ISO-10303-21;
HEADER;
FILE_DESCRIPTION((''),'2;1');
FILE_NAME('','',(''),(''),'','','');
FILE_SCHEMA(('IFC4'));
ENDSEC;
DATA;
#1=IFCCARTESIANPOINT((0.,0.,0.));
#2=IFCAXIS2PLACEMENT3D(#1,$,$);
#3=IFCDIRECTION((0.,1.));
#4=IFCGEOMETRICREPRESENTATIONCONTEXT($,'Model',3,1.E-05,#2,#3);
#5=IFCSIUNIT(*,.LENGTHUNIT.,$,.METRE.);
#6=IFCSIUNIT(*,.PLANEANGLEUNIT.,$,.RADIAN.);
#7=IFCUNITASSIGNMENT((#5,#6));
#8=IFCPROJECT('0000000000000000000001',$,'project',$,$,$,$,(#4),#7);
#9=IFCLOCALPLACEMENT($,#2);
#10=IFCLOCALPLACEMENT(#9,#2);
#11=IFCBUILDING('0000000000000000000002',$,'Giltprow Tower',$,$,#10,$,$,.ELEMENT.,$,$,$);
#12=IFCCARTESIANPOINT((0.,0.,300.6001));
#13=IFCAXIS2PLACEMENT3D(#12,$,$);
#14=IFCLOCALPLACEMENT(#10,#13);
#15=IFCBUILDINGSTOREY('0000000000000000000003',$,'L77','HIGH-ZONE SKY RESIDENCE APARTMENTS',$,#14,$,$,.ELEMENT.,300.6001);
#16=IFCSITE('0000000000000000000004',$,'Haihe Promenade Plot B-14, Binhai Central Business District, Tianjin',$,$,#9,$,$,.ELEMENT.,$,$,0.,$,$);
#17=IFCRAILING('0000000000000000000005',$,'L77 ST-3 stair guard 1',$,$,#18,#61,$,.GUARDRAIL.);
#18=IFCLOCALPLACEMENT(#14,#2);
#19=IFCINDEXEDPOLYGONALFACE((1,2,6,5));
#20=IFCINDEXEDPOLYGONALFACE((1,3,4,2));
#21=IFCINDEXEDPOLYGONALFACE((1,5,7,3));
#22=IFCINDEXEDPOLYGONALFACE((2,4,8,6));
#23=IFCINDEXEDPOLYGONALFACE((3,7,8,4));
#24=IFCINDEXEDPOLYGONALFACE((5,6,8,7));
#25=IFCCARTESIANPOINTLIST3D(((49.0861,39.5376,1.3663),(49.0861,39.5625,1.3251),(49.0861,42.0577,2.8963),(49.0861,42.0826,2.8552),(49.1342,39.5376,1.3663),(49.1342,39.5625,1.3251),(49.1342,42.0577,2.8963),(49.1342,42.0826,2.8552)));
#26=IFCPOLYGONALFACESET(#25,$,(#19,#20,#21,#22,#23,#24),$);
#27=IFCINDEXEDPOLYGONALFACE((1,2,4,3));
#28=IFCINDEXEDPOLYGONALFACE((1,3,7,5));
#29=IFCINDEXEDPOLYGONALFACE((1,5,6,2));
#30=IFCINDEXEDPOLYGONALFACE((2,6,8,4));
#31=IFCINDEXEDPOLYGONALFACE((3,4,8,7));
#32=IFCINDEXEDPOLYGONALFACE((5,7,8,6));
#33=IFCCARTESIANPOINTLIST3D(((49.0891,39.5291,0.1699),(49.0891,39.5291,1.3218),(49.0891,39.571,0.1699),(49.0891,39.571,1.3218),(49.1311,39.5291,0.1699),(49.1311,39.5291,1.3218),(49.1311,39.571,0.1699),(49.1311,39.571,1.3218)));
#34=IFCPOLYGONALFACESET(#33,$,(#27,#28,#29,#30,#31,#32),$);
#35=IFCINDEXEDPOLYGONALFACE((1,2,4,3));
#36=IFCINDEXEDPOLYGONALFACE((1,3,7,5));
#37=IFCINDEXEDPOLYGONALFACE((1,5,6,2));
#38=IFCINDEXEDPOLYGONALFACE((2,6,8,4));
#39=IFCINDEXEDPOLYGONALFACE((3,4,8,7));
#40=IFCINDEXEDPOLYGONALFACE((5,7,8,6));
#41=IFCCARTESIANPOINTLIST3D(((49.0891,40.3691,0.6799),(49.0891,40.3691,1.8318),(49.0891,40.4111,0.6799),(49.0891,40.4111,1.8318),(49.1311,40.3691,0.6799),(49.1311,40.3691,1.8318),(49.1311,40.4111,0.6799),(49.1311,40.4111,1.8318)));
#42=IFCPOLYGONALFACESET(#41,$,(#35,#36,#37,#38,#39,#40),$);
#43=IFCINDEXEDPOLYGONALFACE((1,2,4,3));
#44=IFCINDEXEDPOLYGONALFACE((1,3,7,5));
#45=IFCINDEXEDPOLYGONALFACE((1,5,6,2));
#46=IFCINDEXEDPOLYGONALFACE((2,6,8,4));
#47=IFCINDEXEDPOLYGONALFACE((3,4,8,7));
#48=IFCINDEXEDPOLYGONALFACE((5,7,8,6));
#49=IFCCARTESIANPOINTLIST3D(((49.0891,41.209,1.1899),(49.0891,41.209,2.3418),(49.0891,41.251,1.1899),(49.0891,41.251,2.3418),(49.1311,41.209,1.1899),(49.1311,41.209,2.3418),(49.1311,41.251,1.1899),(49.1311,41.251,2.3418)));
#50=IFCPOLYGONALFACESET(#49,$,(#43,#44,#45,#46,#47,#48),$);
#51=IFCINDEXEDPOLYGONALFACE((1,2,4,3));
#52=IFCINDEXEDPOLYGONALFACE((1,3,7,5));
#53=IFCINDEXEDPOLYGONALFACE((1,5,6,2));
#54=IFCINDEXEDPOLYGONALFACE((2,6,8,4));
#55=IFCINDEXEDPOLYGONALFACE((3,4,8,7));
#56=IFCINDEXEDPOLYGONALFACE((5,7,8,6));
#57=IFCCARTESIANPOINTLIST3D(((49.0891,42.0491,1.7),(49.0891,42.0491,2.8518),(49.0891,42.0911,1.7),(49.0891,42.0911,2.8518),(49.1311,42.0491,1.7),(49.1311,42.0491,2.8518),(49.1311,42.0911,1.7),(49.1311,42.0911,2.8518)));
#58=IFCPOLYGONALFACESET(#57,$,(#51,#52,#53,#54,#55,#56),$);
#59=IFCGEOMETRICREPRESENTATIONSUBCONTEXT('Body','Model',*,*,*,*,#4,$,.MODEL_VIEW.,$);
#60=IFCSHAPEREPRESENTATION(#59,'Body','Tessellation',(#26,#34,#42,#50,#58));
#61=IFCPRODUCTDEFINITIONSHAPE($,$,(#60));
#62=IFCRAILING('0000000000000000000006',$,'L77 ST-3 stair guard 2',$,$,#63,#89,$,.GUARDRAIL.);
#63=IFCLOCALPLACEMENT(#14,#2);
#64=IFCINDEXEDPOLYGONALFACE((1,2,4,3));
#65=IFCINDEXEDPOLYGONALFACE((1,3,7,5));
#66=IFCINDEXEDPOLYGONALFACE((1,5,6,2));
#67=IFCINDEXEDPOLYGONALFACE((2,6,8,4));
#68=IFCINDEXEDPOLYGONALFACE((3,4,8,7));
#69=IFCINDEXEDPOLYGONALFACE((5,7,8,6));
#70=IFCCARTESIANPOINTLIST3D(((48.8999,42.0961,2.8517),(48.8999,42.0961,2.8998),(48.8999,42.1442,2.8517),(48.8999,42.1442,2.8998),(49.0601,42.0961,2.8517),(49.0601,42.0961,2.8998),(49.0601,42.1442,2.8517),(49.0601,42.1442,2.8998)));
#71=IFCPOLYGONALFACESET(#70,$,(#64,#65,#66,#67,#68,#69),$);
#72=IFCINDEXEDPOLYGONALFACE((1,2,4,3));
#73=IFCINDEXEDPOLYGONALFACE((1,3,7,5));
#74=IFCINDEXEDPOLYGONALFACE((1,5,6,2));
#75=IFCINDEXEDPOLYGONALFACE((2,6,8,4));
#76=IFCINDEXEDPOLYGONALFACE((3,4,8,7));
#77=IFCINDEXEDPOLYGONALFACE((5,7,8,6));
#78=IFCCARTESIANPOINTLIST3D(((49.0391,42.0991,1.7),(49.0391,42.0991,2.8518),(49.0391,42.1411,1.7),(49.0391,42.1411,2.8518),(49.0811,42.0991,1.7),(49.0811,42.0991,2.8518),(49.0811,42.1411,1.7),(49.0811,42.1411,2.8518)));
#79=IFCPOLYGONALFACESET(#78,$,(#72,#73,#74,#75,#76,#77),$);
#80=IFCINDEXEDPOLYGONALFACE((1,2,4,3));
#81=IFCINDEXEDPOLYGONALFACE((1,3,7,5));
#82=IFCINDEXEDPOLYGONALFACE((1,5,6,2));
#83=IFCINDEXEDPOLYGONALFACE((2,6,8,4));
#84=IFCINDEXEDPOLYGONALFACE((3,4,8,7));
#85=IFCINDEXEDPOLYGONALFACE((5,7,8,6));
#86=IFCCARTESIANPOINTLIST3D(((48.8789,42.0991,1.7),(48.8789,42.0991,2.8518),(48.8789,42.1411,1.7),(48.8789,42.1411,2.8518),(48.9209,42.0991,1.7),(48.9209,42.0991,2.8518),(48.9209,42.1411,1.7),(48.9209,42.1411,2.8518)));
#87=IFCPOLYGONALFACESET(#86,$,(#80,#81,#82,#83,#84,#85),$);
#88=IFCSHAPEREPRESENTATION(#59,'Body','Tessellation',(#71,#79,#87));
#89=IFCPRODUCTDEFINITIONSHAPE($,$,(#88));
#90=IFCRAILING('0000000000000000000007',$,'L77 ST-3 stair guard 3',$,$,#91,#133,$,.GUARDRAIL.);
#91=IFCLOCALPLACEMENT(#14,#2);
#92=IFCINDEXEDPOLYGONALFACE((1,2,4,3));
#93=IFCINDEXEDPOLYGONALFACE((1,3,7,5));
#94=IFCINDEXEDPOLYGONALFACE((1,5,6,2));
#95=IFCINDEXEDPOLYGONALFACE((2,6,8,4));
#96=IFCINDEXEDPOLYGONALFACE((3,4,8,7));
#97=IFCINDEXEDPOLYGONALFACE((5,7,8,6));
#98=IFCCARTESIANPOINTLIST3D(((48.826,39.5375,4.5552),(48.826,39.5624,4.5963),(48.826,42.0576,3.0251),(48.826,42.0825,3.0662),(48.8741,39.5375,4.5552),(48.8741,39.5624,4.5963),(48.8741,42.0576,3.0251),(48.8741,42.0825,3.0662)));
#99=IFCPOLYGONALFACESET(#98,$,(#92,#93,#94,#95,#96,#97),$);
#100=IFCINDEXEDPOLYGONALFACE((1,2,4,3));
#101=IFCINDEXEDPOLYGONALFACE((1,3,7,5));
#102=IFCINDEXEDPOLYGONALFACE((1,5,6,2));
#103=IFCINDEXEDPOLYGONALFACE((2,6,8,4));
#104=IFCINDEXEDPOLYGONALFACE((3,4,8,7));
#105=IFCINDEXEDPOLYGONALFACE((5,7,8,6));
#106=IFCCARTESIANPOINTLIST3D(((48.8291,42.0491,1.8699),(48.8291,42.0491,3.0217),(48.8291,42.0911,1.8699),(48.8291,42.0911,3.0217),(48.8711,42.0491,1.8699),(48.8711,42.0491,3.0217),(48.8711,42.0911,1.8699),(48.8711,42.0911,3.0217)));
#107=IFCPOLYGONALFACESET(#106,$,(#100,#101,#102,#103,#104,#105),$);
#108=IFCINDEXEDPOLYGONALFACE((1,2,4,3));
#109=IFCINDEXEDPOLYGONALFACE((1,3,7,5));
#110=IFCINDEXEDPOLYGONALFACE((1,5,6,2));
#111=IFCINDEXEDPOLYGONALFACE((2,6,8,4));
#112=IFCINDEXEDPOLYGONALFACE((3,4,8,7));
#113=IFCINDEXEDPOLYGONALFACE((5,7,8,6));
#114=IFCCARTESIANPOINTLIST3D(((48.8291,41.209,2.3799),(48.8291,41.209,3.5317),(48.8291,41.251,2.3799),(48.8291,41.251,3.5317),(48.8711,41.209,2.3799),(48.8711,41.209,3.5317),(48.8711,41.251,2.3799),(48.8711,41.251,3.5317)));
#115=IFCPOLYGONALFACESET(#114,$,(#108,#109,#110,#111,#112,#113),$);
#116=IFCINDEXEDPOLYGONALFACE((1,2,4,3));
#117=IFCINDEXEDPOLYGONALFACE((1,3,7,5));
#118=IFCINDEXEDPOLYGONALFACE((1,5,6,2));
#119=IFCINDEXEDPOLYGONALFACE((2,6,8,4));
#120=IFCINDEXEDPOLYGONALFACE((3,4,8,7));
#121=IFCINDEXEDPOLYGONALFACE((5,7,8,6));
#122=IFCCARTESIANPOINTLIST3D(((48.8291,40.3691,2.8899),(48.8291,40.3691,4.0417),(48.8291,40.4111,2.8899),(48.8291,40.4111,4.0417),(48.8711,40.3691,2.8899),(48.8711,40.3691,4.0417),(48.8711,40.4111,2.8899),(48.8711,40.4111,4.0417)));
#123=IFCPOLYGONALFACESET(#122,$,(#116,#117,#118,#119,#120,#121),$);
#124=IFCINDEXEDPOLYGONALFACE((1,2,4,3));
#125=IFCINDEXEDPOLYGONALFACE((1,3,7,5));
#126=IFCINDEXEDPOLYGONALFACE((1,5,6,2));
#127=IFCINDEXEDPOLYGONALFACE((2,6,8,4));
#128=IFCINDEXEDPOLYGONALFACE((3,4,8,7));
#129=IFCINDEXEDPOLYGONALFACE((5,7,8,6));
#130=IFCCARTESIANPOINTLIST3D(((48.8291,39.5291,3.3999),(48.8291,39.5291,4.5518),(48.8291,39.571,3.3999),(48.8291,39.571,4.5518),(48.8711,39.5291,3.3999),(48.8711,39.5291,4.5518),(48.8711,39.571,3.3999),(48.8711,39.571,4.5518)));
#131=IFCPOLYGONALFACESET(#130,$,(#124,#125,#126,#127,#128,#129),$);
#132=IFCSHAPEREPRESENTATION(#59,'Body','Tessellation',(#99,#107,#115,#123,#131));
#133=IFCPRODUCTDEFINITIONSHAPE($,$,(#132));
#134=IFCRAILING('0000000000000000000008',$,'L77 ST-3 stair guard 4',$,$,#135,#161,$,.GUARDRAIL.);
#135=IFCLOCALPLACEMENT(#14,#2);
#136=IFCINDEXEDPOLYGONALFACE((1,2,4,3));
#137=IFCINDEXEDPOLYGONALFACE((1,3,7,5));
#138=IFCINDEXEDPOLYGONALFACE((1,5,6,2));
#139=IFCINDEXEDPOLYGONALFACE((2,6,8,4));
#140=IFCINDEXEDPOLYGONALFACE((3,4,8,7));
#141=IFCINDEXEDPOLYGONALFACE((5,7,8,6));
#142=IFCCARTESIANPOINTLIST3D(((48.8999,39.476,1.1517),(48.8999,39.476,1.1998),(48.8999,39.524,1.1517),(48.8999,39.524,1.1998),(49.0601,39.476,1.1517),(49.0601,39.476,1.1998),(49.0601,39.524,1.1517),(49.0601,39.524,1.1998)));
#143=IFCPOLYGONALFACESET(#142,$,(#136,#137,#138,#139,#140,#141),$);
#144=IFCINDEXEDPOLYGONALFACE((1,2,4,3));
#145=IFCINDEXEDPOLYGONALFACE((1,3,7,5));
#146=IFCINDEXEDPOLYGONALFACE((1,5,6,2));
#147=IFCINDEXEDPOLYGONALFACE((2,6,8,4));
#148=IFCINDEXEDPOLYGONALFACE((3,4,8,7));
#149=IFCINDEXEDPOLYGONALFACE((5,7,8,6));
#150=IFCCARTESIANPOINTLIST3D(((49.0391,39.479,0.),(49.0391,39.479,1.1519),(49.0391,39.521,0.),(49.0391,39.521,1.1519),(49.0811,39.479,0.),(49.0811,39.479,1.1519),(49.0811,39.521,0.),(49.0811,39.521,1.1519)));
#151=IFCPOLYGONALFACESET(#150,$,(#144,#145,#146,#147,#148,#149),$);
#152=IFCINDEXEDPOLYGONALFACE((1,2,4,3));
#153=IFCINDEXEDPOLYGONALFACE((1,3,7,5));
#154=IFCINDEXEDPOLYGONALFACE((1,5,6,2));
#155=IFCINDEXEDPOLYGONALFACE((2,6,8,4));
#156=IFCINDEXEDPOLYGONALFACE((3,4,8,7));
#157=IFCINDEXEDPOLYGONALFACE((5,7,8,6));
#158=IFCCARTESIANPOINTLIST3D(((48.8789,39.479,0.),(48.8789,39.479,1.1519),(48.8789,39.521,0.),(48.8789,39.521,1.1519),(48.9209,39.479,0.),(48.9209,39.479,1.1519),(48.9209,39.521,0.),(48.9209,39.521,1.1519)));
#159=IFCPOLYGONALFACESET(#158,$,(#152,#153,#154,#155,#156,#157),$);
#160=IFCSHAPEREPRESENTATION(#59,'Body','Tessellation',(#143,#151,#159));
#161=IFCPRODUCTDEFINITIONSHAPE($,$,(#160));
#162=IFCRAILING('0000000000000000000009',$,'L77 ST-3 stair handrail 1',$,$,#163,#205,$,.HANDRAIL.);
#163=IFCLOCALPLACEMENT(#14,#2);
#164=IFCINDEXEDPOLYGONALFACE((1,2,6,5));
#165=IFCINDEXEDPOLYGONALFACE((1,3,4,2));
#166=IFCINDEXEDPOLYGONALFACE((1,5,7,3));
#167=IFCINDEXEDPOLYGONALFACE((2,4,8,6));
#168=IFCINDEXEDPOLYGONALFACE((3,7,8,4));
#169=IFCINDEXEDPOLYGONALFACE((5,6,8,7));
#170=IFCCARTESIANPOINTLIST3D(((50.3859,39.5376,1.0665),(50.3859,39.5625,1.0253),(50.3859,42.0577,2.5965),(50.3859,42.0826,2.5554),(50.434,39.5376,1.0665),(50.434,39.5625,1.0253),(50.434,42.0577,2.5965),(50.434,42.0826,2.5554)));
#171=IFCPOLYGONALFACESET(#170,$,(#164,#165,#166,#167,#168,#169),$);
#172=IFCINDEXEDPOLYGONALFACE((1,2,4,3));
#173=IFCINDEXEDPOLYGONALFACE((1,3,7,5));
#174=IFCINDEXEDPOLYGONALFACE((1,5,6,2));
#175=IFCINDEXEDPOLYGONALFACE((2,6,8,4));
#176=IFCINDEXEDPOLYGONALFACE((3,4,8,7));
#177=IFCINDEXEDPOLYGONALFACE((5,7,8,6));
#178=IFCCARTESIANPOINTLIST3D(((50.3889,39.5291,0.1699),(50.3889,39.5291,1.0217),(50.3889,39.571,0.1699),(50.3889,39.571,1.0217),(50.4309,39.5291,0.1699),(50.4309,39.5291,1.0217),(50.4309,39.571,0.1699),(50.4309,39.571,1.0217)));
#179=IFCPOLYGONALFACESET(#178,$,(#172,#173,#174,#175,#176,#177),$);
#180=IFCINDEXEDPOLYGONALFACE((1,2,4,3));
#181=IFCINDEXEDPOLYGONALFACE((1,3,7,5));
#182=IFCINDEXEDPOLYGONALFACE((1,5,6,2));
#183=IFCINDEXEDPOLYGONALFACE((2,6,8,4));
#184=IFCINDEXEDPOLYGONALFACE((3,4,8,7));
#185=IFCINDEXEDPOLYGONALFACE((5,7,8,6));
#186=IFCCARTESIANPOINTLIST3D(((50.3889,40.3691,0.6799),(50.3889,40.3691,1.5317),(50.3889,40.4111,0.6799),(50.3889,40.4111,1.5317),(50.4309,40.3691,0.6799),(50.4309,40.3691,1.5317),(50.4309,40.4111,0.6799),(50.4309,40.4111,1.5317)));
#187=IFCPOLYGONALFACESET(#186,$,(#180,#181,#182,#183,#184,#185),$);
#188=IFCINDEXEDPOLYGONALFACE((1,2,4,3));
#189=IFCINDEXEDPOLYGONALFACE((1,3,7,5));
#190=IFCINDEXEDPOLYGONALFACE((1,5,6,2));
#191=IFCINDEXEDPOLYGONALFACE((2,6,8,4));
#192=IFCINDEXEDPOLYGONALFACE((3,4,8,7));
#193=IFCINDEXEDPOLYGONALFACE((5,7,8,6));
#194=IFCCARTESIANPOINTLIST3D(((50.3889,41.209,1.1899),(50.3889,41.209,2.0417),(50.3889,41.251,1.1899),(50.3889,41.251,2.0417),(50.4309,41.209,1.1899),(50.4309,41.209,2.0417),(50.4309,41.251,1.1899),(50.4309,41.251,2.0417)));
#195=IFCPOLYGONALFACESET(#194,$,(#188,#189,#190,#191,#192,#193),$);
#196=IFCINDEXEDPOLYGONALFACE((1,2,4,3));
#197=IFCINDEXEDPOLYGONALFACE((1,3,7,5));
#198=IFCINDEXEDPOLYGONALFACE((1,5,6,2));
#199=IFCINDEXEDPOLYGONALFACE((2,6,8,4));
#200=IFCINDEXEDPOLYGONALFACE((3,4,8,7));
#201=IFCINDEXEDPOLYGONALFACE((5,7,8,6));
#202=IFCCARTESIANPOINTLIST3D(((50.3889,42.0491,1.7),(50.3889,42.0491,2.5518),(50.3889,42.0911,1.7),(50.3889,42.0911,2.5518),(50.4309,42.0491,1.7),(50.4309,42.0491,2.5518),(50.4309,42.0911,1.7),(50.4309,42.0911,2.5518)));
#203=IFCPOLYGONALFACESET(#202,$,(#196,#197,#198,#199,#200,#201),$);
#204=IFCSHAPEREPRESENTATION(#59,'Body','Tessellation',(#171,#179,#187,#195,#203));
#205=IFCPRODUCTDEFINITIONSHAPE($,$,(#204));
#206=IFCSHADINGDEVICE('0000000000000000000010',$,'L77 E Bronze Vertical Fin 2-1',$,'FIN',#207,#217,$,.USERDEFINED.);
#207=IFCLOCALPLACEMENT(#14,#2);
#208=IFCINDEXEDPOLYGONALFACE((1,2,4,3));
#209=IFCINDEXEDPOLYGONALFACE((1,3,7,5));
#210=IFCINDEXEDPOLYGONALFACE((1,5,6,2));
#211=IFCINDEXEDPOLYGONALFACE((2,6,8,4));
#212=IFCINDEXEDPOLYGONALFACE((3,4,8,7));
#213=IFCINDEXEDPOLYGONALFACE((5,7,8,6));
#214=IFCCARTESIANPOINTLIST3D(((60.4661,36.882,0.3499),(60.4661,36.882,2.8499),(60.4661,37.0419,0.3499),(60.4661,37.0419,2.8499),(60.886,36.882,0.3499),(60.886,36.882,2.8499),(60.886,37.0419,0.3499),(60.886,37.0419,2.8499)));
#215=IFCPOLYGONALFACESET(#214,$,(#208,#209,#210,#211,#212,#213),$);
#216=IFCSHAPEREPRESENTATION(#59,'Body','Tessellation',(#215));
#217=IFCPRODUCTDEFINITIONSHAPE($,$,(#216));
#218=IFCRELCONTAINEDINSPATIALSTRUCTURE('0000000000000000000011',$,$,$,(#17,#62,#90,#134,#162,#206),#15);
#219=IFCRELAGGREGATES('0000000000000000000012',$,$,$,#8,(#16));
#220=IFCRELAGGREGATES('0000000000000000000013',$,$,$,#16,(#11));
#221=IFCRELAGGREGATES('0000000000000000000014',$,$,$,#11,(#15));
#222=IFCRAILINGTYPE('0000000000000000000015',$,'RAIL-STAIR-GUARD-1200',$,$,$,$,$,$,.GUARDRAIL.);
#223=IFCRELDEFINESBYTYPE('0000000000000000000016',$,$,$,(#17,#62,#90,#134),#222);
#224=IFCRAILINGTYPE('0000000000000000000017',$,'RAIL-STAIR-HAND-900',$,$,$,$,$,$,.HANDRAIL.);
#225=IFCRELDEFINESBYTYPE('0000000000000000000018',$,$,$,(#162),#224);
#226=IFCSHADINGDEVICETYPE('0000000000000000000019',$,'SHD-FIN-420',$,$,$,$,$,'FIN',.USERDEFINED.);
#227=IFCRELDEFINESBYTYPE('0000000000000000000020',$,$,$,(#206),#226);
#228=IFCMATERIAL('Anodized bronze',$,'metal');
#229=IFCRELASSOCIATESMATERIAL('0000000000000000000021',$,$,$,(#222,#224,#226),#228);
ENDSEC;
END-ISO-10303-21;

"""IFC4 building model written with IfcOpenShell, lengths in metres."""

from ifc_helpers import new_model, si_unit, direction, frame, origin, origin_2d, place, context, subcontext, project, spatial, rectangle, extrude, source, transform, mapped, material, type_object, element, save


model = new_model("IFC4")

# Units and contexts
model_context = context("Model", 3, precision=1e-05, world=origin(), true_north=direction((0.0, 1.0)))
body_context = subcontext(model_context, "Body", "Model", "MODEL_VIEW")
ifc_project = project(units=[si_unit("LENGTHUNIT", "METRE"), si_unit("PLANEANGLEUNIT", "RADIAN")], contexts=[model_context])

# Site, building, storey
site_placement = place(None, origin())
site = spatial("IfcSite", under=ifc_project, at=site_placement, Name="Haihe Promenade Plot B-14, Binhai Central Business District, Tianjin", CompositionType="ELEMENT", RefElevation=0.0)
building_placement = place(site_placement, origin())
building = spatial("IfcBuilding", under=site, at=building_placement, Name="Giltprow Tower", CompositionType="ELEMENT")
storey_placement = place(building_placement, frame((0.0, 0.0, 300.6001)))
storey = spatial("IfcBuildingStorey", under=building, at=storey_placement, Name="L77", Description="HIGH-ZONE SKY RESIDENCE APARTMENTS", CompositionType="ELEMENT", Elevation=300.6001)

# Railings
ifc_material_1 = material(Name="Anodized bronze", Category="metal")
railing_type_1 = type_object("IfcRailingType", Name="RAIL-STAIR-GUARD-1200", PredefinedType="GUARDRAIL", material=ifc_material_1)
railing_1_placement = place(storey_placement, frame((49.1101, 39.55, 0.1699)))
element("IfcRailing", 1, at=railing_1_placement, inside=storey, type_object=railing_type_1, Name="L77 ST-3 stair guard 1", PredefinedType="GUARDRAIL", context=body_context, shape_type="SweptSolid", body=[
    extrude(rectangle(XDim=0.0481, YDim=0.0481, at=origin_2d()), frame((0.0, 0.0, 1.1758), z_axis=(0.0, 0.854785, 0.518982), x_axis=(-1.0, 0.0, 0.0)), (0.0, 0.0, 1.0), 2.9482),
    extrude(rectangle(XDim=0.042, YDim=0.042, at=origin_2d()), origin(), (0.0, 0.0, 1.0), 1.1519),
    extrude(rectangle(XDim=0.042, YDim=0.042, at=origin_2d()), frame((0.0, 0.8401, 0.51)), (0.0, 0.0, 1.0), 1.1519),
    extrude(rectangle(XDim=0.042, YDim=0.042, at=origin_2d()), frame((0.0, 1.6799, 1.02)), (0.0, 0.0, 1.0), 1.1519),
    extrude(rectangle(XDim=0.042, YDim=0.042, at=origin_2d()), frame((0.0, 2.52, 1.53)), (0.0, 0.0, 1.0), 1.1519),
])
railing_2_placement = place(storey_placement, frame((49.0601, 42.1201, 1.7)))
element("IfcRailing", 2, at=railing_2_placement, inside=storey, type_object=railing_type_1, Name="L77 ST-3 stair guard 2", PredefinedType="GUARDRAIL", context=body_context, shape_type="SweptSolid", body=[
    extrude(rectangle(XDim=0.0481, YDim=0.0481, at=origin_2d()), frame((0.0, 0.0, 1.1758), z_axis=(-1.0, 0.0, 0.0), x_axis=(0.0, -1.0, 0.0)), (0.0, 0.0, 1.0), 0.1602),
    extrude(rectangle(XDim=0.042, YDim=0.042, at=origin_2d()), origin(), (0.0, 0.0, 1.0), 1.1519),
    extrude(rectangle(XDim=0.042, YDim=0.042, at=origin_2d()), frame((-0.1602, 0.0, 0.0)), (0.0, 0.0, 1.0), 1.1519),
])
railing_3_placement = place(storey_placement, frame((48.8501, 42.0701, 1.8699)))
element("IfcRailing", 3, at=railing_3_placement, inside=storey, type_object=railing_type_1, Name="L77 ST-3 stair guard 3", PredefinedType="GUARDRAIL", context=body_context, shape_type="SweptSolid", body=[
    extrude(rectangle(XDim=0.0481, YDim=0.0481, at=origin_2d()), frame((0.0, 0.0, 1.1758), z_axis=(0.0, -0.854785, 0.518982), x_axis=(1.0, 0.0, 0.0)), (0.0, 0.0, 1.0), 2.9482),
    extrude(rectangle(XDim=0.042, YDim=0.042, at=origin_2d()), origin(), (0.0, 0.0, 1.0), 1.1519),
    extrude(rectangle(XDim=0.042, YDim=0.042, at=origin_2d()), frame((0.0, -0.8401, 0.51)), (0.0, 0.0, 1.0), 1.1519),
    extrude(rectangle(XDim=0.042, YDim=0.042, at=origin_2d()), frame((0.0, -1.6799, 1.02)), (0.0, 0.0, 1.0), 1.1519),
    extrude(rectangle(XDim=0.042, YDim=0.042, at=origin_2d()), frame((0.0, -2.52, 1.53)), (0.0, 0.0, 1.0), 1.1519),
])
railing_4_placement = place(storey_placement, frame((49.0601, 39.5, 0.0)))
element("IfcRailing", 4, at=railing_4_placement, inside=storey, type_object=railing_type_1, Name="L77 ST-3 stair guard 4", PredefinedType="GUARDRAIL", context=body_context, shape_type="SweptSolid", body=[
    extrude(rectangle(XDim=0.0481, YDim=0.0481, at=origin_2d()), frame((0.0, 0.0, 1.1758), z_axis=(-1.0, 0.0, 0.0), x_axis=(0.0, -1.0, 0.0)), (0.0, 0.0, 1.0), 0.1602),
    extrude(rectangle(XDim=0.042, YDim=0.042, at=origin_2d()), origin(), (0.0, 0.0, 1.0), 1.1519),
    extrude(rectangle(XDim=0.042, YDim=0.042, at=origin_2d()), frame((-0.1602, 0.0, 0.0)), (0.0, 0.0, 1.0), 1.1519),
])
railing_type_2 = type_object("IfcRailingType", Name="RAIL-STAIR-HAND-900", PredefinedType="HANDRAIL", material=ifc_material_1)
railing_5_placement = place(storey_placement, frame((50.4099, 39.55, 0.1699)))
element("IfcRailing", 5, at=railing_5_placement, inside=storey, type_object=railing_type_2, Name="L77 ST-3 stair handrail 1", PredefinedType="HANDRAIL", context=body_context, shape_type="SweptSolid", body=[
    extrude(rectangle(XDim=0.0481, YDim=0.0481, at=origin_2d()), frame((0.0, 0.0, 0.876), z_axis=(0.0, 0.854785, 0.518982), x_axis=(-1.0, 0.0, 0.0)), (0.0, 0.0, 1.0), 2.9482),
    extrude(rectangle(XDim=0.042, YDim=0.042, at=origin_2d()), origin(), (0.0, 0.0, 1.0), 0.8518),
    extrude(rectangle(XDim=0.042, YDim=0.042, at=origin_2d()), frame((0.0, 0.8401, 0.51)), (0.0, 0.0, 1.0), 0.8518),
    extrude(rectangle(XDim=0.042, YDim=0.042, at=origin_2d()), frame((0.0, 1.6799, 1.02)), (0.0, 0.0, 1.0), 0.8518),
    extrude(rectangle(XDim=0.042, YDim=0.042, at=origin_2d()), frame((0.0, 2.52, 1.53)), (0.0, 0.0, 1.0), 0.8518),
])

# Shading device
shading_device_type = type_object("IfcShadingDeviceType", Name="SHD-FIN-420", ElementType="FIN", PredefinedType="USERDEFINED", material=ifc_material_1)
shared_shape_1 = source(origin(), body_context, "Body", "SweptSolid", [
    extrude(rectangle(XDim=0.4199, YDim=0.1599, at=origin_2d()), origin(), (0.0, 0.0, 1.0), 2.5),
])
shading_device_placement = place(storey_placement, frame((60.676, 36.9619, 0.3499), z_axis=(0.0, 0.0, 1.0), x_axis=(1.0, 0.0, 0.0)))
element("IfcShadingDevice", 6, at=shading_device_placement, inside=storey, type_object=shading_device_type, Name="L77 E Bronze Vertical Fin 2-1", ObjectType="FIN", PredefinedType="USERDEFINED", context=body_context, shape_type="MappedRepresentation", body=[
    mapped(shared_shape_1, transform((0.0, 0.0, 0.0), x_axis=(1.0, 0.0, 0.0), y_axis=(0.0, 1.0, 0.0), z_axis=(0.0, 0.0, 1.0), scale=1.0)),
])

save(model, "model.ifc")
